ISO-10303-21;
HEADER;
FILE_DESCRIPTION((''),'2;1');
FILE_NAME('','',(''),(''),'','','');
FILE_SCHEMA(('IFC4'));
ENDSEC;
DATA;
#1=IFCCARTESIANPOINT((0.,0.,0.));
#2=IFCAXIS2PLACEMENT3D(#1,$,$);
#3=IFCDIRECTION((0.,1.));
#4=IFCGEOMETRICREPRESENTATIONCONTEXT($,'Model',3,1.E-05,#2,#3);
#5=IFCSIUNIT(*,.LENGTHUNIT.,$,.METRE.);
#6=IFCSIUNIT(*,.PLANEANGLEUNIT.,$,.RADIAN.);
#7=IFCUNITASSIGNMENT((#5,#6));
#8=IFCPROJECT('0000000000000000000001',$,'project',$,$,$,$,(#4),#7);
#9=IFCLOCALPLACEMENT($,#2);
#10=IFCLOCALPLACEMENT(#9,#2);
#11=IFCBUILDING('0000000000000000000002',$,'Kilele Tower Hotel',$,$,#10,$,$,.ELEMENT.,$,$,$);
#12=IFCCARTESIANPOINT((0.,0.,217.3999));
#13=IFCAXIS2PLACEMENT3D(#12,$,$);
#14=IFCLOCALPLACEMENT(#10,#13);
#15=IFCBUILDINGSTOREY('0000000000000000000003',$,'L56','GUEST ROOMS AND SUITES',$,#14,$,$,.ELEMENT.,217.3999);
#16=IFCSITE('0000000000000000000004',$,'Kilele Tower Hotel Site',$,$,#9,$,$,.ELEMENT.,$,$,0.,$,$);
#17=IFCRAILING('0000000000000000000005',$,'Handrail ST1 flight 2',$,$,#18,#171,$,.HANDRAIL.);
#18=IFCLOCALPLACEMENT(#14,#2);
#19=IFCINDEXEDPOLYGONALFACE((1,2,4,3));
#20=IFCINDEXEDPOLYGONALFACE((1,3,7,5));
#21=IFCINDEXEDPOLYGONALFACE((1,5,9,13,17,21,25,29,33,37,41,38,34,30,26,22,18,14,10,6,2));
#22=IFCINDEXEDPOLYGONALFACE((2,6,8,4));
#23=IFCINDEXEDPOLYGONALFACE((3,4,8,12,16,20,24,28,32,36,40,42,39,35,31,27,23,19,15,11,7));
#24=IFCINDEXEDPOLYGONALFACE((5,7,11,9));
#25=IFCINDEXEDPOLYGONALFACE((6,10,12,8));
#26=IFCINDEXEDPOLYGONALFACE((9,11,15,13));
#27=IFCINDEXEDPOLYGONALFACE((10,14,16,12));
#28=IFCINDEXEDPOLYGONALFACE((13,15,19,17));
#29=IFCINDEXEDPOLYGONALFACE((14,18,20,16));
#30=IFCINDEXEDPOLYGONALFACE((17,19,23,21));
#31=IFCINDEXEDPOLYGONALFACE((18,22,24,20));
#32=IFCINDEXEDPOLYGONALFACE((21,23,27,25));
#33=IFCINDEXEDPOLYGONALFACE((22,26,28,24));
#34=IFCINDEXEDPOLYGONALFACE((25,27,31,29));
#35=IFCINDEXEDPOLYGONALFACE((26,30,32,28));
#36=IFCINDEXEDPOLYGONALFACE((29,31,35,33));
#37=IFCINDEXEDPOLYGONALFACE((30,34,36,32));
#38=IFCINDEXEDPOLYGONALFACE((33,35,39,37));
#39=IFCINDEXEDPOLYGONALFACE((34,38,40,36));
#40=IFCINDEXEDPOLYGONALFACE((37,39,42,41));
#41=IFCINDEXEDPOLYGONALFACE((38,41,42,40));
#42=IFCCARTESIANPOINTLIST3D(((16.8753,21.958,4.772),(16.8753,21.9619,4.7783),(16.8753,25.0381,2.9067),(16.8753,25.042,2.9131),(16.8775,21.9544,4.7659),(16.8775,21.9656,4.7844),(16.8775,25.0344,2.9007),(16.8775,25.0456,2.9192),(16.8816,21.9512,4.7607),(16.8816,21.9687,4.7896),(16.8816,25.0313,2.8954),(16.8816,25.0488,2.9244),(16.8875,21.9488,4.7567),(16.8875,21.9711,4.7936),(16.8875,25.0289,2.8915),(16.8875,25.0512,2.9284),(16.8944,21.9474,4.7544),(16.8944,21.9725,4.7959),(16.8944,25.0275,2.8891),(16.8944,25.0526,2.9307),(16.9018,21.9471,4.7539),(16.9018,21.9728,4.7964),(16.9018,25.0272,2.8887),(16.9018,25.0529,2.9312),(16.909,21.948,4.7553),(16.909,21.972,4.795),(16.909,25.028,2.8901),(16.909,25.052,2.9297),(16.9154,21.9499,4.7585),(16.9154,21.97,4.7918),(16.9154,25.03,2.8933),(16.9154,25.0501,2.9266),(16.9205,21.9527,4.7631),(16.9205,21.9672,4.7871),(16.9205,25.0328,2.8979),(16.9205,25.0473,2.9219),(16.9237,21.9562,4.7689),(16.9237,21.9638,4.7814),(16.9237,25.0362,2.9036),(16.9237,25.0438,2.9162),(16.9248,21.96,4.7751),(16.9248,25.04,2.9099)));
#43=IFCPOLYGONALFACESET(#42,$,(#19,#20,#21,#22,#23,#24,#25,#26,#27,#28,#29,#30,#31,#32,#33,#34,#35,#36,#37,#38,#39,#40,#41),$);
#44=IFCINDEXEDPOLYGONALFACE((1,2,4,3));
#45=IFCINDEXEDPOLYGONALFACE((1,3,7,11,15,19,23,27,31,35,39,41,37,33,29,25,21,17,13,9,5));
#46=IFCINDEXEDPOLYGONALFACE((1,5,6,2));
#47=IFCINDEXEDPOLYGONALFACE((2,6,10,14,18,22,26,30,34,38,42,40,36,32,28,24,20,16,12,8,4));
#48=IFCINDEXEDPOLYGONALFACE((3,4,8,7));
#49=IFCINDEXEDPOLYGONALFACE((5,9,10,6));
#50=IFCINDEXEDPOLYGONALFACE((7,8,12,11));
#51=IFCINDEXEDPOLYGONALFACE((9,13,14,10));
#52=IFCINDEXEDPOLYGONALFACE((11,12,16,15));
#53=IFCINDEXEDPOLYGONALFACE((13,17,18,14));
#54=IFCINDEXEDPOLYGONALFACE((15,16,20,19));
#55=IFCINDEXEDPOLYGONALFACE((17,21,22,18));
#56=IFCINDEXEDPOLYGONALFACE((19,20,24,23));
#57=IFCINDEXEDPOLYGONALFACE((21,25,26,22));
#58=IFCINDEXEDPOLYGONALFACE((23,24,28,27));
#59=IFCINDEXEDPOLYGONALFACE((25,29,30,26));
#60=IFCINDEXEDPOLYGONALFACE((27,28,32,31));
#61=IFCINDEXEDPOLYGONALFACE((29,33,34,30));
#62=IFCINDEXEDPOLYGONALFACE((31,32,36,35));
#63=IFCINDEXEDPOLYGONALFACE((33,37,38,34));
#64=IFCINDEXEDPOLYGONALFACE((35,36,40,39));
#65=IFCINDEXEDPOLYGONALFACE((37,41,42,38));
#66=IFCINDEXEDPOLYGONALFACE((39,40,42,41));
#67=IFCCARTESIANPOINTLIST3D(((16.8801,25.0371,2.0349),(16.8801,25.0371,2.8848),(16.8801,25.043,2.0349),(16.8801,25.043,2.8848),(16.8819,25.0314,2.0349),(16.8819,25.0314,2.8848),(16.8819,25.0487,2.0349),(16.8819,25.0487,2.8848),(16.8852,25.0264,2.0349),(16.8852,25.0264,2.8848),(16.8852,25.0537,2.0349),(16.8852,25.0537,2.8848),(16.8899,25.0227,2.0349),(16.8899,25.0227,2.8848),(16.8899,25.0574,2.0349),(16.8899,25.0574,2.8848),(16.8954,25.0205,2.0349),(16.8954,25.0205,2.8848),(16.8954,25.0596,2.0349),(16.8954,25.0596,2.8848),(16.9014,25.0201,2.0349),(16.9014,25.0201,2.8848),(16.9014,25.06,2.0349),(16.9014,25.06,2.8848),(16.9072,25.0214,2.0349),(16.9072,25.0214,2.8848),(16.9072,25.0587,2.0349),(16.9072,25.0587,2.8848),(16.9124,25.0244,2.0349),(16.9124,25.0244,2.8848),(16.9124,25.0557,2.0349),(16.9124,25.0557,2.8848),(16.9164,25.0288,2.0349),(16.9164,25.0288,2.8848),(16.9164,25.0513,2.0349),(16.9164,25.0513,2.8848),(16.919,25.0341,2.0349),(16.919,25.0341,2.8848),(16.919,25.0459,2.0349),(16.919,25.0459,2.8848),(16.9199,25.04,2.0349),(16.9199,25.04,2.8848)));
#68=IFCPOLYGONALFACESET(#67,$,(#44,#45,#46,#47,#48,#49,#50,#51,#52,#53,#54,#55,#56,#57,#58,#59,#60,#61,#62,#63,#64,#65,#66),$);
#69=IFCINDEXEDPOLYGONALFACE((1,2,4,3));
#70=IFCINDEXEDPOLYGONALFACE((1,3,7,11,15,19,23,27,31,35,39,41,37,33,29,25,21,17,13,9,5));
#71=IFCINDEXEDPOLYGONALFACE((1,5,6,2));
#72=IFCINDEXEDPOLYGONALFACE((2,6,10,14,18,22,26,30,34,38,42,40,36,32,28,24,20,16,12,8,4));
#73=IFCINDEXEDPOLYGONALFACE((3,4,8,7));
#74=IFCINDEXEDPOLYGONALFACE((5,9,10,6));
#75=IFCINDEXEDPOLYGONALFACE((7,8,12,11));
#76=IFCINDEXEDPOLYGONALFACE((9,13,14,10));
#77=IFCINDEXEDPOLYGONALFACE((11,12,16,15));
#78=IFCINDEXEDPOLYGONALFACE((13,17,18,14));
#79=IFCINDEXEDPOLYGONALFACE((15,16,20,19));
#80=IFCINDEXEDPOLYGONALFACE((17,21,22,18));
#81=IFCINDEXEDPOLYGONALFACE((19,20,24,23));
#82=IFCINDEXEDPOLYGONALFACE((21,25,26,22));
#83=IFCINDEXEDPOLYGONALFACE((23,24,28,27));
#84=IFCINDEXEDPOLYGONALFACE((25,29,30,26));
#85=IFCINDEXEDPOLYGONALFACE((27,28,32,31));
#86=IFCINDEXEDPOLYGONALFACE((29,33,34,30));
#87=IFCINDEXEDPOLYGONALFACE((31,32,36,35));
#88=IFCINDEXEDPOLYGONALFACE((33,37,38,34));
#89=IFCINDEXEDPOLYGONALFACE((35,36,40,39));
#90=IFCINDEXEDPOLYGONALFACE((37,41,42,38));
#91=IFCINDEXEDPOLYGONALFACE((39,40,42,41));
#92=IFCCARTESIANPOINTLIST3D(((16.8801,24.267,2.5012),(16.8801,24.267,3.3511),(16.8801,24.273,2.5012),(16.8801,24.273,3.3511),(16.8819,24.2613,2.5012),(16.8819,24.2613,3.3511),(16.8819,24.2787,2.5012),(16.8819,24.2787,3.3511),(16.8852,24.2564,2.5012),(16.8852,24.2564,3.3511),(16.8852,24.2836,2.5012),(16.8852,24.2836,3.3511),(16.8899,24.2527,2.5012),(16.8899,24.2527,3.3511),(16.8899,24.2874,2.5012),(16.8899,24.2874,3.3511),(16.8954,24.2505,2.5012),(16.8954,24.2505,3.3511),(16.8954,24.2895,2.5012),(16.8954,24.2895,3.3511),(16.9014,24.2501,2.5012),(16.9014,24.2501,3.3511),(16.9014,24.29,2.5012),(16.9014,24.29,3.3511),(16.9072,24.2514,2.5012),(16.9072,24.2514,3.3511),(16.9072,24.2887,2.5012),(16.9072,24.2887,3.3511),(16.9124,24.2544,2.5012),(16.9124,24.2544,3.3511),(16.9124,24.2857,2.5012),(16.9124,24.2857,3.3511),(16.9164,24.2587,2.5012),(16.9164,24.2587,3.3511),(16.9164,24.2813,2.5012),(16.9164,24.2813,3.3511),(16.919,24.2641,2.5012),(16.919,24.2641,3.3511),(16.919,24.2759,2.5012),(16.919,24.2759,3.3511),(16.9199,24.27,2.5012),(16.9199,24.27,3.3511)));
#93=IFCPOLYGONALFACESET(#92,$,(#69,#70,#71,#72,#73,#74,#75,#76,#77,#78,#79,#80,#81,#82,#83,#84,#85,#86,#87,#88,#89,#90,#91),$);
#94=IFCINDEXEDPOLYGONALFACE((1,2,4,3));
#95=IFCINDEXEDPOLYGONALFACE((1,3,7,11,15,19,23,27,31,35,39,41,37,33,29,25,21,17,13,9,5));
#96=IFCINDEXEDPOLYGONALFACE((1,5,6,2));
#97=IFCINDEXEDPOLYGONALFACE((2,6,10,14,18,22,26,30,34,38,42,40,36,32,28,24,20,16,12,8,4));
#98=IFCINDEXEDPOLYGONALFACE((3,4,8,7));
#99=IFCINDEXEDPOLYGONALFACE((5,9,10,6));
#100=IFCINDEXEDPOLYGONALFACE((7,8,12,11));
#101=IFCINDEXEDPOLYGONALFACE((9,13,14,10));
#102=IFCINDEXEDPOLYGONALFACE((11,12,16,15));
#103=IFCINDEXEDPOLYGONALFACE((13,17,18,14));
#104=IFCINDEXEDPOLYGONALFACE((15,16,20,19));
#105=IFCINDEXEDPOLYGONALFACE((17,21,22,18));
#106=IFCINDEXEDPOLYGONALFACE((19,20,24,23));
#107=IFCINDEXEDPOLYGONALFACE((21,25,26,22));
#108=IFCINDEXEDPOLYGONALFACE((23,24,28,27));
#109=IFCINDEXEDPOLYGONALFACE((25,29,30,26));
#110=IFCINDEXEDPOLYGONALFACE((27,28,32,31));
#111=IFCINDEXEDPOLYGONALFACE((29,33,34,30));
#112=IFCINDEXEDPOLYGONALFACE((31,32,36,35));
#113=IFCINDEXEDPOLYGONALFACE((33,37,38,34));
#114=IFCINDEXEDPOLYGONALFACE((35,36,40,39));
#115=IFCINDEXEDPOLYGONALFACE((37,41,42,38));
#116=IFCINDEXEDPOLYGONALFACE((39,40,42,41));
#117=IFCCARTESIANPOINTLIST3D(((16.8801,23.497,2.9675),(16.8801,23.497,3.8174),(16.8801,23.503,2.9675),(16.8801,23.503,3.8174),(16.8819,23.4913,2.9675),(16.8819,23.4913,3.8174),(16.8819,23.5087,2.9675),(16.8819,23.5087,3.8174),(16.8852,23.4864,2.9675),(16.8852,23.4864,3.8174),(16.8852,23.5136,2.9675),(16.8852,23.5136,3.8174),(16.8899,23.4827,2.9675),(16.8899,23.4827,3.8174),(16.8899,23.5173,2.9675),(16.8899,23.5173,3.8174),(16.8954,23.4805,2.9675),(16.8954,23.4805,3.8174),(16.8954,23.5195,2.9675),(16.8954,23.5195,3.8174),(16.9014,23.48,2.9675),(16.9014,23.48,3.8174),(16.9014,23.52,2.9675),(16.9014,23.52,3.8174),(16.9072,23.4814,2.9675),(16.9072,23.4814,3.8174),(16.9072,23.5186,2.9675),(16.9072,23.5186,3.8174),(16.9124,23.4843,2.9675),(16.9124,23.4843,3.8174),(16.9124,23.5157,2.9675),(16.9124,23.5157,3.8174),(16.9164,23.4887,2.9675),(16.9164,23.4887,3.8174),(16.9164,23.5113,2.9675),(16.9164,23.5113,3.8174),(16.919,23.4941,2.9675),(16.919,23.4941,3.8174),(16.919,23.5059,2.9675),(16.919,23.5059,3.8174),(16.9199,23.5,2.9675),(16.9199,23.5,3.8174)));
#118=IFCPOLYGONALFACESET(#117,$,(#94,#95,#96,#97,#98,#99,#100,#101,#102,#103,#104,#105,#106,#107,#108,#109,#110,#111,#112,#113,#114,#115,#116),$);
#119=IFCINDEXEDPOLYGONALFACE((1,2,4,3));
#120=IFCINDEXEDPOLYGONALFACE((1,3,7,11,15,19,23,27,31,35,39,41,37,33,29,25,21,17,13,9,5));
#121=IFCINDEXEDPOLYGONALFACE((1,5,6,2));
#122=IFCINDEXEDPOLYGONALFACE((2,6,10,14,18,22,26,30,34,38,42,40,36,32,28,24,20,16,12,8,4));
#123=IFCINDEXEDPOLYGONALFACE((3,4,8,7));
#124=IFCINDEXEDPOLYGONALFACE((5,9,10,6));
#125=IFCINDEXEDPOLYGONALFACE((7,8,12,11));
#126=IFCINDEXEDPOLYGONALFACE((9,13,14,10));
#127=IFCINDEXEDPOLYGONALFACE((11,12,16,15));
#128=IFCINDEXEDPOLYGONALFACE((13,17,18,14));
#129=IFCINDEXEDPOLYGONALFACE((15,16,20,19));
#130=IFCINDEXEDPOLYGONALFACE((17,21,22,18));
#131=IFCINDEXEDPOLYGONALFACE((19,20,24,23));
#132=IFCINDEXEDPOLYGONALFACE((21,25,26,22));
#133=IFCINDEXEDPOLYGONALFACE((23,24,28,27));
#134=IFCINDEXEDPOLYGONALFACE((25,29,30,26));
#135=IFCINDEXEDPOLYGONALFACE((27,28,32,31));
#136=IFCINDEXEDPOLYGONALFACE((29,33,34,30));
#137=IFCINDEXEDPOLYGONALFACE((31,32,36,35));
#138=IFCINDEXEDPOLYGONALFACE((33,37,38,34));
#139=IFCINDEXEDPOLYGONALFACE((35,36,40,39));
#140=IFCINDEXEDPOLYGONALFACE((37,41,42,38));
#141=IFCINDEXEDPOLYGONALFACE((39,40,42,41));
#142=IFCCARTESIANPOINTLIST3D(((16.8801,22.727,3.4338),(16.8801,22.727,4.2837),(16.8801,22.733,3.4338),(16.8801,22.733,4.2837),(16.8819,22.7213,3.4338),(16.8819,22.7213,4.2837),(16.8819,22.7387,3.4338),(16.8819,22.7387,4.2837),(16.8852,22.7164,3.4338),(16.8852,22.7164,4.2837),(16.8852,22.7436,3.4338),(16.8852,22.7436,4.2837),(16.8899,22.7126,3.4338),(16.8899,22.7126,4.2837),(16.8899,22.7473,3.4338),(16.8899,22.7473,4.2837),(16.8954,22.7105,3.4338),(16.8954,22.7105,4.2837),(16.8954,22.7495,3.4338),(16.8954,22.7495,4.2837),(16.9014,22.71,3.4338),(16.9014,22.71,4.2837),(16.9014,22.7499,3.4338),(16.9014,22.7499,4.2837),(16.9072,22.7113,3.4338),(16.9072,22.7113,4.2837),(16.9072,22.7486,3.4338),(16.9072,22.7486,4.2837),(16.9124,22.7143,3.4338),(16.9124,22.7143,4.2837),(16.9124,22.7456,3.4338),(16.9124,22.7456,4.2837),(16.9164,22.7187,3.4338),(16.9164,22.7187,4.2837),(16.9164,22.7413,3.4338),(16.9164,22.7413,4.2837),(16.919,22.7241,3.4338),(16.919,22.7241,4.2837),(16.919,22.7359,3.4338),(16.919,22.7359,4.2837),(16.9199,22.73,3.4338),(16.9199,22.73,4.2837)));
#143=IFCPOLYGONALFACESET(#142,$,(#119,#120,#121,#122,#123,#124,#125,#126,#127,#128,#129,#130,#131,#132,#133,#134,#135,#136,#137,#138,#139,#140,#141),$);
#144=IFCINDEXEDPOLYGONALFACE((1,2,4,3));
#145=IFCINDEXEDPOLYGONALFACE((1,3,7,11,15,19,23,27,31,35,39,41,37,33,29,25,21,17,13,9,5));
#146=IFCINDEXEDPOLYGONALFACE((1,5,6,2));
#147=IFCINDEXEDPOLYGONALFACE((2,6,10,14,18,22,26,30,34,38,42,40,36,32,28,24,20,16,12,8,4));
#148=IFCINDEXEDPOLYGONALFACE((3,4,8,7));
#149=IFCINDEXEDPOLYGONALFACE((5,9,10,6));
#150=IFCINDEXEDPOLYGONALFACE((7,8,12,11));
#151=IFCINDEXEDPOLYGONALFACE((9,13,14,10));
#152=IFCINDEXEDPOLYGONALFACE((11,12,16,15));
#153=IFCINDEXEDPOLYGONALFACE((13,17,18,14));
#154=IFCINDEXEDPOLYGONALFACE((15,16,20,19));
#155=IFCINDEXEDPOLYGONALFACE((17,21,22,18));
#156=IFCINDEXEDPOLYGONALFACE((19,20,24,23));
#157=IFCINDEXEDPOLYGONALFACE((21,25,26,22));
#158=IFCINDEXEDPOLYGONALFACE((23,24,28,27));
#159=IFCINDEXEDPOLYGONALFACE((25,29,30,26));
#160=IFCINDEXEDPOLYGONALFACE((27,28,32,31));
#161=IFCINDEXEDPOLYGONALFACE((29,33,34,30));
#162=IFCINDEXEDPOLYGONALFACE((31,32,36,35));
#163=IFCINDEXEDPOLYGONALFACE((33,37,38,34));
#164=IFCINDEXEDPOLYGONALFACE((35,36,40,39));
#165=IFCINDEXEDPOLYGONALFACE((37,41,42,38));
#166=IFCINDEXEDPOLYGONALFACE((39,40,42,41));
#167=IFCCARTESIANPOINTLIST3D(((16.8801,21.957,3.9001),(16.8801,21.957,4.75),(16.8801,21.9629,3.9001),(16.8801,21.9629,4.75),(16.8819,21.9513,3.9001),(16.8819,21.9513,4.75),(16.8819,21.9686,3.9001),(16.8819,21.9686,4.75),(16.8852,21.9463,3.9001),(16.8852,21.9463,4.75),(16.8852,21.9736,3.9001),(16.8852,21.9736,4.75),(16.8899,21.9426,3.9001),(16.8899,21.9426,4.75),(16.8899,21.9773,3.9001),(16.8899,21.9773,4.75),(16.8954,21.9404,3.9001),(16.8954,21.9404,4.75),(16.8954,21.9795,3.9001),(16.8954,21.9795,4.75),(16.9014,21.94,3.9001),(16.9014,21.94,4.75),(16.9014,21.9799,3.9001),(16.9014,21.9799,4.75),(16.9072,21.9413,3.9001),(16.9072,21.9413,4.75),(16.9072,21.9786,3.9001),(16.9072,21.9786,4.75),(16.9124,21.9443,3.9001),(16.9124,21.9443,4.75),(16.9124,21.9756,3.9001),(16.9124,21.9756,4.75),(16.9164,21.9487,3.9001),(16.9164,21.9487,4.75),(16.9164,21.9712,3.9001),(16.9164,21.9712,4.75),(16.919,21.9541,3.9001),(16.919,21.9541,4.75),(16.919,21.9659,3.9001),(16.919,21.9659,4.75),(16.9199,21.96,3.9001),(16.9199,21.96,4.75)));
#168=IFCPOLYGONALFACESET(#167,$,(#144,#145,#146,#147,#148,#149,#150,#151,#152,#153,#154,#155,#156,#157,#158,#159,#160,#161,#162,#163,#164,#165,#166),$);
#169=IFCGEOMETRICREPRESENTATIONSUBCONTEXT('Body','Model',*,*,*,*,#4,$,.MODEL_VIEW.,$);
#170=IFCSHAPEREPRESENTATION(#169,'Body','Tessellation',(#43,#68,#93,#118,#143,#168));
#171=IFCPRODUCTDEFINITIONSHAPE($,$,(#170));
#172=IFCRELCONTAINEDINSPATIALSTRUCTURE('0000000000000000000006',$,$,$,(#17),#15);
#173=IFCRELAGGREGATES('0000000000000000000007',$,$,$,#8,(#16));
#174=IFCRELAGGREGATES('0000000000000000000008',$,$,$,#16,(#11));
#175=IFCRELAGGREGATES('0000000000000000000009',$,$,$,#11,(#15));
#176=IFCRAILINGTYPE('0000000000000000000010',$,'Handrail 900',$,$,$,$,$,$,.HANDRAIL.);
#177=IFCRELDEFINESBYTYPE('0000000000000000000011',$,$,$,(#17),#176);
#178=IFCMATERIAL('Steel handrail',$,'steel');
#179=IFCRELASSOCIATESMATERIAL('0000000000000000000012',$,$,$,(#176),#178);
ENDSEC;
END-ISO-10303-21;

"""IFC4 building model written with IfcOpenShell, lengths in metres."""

from ifc_helpers import new_model, si_unit, direction, frame, origin, origin_2d, place, context, subcontext, project, spatial, circle, extrude, material, type_object, element, save


model = new_model("IFC4")

# Units and contexts
model_context = context("Model", 3, precision=1e-05, world=origin(), true_north=direction((0.0, 1.0)))
body_context = subcontext(model_context, "Body", "Model", "MODEL_VIEW")
ifc_project = project(units=[si_unit("LENGTHUNIT", "METRE"), si_unit("PLANEANGLEUNIT", "RADIAN")], contexts=[model_context])

# Site, building, storey
site_placement = place(None, origin())
site = spatial("IfcSite", under=ifc_project, at=site_placement, Name="Kilele Tower Hotel Site", CompositionType="ELEMENT", RefElevation=0.0)
building_placement = place(site_placement, origin())
building = spatial("IfcBuilding", under=site, at=building_placement, Name="Kilele Tower Hotel", CompositionType="ELEMENT")
storey_placement = place(building_placement, frame((0.0, 0.0, 217.3999)))
storey = spatial("IfcBuildingStorey", under=building, at=storey_placement, Name="L56", Description="GUEST ROOMS AND SUITES", CompositionType="ELEMENT", Elevation=217.3999)

# Railing
ifc_material_1 = material(Name="Steel handrail", Category="steel")
railing_type_1 = type_object("IfcRailingType", Name="Handrail 900", PredefinedType="HANDRAIL", material=ifc_material_1)
for number, where, name in (
    (1, (16.8999, 25.04, 2.0349), "Handrail ST1 flight 2"),
):
    element("IfcRailing", number, at=place(storey_placement, frame(where)), inside=storey, type_object=railing_type_1, Name=name, PredefinedType="HANDRAIL", context=body_context, shape_type="SweptSolid", body=[
        extrude(circle(Radius=0.0249, at=origin_2d()), frame((0.0, 0.0, 0.875), z_axis=(0.0, -0.85538, 0.518001), x_axis=(1.0, 0.0, 0.0)), (0.0, 0.0, 1.0), 3.6008),
        extrude(circle(Radius=0.02, at=origin_2d()), origin(), (0.0, 0.0, 1.0), 0.8499),
        extrude(circle(Radius=0.02, at=origin_2d()), frame((0.0, -0.77, 0.4663)), (0.0, 0.0, 1.0), 0.8499),
        extrude(circle(Radius=0.02, at=origin_2d()), frame((0.0, -1.54, 0.9326)), (0.0, 0.0, 1.0), 0.8499),
        extrude(circle(Radius=0.02, at=origin_2d()), frame((0.0, -2.3101, 1.3989)), (0.0, 0.0, 1.0), 0.8499),
        extrude(circle(Radius=0.02, at=origin_2d()), frame((0.0, -3.0801, 1.8652)), (0.0, 0.0, 1.0), 0.8499),
    ])

save(model, "model.ifc")
